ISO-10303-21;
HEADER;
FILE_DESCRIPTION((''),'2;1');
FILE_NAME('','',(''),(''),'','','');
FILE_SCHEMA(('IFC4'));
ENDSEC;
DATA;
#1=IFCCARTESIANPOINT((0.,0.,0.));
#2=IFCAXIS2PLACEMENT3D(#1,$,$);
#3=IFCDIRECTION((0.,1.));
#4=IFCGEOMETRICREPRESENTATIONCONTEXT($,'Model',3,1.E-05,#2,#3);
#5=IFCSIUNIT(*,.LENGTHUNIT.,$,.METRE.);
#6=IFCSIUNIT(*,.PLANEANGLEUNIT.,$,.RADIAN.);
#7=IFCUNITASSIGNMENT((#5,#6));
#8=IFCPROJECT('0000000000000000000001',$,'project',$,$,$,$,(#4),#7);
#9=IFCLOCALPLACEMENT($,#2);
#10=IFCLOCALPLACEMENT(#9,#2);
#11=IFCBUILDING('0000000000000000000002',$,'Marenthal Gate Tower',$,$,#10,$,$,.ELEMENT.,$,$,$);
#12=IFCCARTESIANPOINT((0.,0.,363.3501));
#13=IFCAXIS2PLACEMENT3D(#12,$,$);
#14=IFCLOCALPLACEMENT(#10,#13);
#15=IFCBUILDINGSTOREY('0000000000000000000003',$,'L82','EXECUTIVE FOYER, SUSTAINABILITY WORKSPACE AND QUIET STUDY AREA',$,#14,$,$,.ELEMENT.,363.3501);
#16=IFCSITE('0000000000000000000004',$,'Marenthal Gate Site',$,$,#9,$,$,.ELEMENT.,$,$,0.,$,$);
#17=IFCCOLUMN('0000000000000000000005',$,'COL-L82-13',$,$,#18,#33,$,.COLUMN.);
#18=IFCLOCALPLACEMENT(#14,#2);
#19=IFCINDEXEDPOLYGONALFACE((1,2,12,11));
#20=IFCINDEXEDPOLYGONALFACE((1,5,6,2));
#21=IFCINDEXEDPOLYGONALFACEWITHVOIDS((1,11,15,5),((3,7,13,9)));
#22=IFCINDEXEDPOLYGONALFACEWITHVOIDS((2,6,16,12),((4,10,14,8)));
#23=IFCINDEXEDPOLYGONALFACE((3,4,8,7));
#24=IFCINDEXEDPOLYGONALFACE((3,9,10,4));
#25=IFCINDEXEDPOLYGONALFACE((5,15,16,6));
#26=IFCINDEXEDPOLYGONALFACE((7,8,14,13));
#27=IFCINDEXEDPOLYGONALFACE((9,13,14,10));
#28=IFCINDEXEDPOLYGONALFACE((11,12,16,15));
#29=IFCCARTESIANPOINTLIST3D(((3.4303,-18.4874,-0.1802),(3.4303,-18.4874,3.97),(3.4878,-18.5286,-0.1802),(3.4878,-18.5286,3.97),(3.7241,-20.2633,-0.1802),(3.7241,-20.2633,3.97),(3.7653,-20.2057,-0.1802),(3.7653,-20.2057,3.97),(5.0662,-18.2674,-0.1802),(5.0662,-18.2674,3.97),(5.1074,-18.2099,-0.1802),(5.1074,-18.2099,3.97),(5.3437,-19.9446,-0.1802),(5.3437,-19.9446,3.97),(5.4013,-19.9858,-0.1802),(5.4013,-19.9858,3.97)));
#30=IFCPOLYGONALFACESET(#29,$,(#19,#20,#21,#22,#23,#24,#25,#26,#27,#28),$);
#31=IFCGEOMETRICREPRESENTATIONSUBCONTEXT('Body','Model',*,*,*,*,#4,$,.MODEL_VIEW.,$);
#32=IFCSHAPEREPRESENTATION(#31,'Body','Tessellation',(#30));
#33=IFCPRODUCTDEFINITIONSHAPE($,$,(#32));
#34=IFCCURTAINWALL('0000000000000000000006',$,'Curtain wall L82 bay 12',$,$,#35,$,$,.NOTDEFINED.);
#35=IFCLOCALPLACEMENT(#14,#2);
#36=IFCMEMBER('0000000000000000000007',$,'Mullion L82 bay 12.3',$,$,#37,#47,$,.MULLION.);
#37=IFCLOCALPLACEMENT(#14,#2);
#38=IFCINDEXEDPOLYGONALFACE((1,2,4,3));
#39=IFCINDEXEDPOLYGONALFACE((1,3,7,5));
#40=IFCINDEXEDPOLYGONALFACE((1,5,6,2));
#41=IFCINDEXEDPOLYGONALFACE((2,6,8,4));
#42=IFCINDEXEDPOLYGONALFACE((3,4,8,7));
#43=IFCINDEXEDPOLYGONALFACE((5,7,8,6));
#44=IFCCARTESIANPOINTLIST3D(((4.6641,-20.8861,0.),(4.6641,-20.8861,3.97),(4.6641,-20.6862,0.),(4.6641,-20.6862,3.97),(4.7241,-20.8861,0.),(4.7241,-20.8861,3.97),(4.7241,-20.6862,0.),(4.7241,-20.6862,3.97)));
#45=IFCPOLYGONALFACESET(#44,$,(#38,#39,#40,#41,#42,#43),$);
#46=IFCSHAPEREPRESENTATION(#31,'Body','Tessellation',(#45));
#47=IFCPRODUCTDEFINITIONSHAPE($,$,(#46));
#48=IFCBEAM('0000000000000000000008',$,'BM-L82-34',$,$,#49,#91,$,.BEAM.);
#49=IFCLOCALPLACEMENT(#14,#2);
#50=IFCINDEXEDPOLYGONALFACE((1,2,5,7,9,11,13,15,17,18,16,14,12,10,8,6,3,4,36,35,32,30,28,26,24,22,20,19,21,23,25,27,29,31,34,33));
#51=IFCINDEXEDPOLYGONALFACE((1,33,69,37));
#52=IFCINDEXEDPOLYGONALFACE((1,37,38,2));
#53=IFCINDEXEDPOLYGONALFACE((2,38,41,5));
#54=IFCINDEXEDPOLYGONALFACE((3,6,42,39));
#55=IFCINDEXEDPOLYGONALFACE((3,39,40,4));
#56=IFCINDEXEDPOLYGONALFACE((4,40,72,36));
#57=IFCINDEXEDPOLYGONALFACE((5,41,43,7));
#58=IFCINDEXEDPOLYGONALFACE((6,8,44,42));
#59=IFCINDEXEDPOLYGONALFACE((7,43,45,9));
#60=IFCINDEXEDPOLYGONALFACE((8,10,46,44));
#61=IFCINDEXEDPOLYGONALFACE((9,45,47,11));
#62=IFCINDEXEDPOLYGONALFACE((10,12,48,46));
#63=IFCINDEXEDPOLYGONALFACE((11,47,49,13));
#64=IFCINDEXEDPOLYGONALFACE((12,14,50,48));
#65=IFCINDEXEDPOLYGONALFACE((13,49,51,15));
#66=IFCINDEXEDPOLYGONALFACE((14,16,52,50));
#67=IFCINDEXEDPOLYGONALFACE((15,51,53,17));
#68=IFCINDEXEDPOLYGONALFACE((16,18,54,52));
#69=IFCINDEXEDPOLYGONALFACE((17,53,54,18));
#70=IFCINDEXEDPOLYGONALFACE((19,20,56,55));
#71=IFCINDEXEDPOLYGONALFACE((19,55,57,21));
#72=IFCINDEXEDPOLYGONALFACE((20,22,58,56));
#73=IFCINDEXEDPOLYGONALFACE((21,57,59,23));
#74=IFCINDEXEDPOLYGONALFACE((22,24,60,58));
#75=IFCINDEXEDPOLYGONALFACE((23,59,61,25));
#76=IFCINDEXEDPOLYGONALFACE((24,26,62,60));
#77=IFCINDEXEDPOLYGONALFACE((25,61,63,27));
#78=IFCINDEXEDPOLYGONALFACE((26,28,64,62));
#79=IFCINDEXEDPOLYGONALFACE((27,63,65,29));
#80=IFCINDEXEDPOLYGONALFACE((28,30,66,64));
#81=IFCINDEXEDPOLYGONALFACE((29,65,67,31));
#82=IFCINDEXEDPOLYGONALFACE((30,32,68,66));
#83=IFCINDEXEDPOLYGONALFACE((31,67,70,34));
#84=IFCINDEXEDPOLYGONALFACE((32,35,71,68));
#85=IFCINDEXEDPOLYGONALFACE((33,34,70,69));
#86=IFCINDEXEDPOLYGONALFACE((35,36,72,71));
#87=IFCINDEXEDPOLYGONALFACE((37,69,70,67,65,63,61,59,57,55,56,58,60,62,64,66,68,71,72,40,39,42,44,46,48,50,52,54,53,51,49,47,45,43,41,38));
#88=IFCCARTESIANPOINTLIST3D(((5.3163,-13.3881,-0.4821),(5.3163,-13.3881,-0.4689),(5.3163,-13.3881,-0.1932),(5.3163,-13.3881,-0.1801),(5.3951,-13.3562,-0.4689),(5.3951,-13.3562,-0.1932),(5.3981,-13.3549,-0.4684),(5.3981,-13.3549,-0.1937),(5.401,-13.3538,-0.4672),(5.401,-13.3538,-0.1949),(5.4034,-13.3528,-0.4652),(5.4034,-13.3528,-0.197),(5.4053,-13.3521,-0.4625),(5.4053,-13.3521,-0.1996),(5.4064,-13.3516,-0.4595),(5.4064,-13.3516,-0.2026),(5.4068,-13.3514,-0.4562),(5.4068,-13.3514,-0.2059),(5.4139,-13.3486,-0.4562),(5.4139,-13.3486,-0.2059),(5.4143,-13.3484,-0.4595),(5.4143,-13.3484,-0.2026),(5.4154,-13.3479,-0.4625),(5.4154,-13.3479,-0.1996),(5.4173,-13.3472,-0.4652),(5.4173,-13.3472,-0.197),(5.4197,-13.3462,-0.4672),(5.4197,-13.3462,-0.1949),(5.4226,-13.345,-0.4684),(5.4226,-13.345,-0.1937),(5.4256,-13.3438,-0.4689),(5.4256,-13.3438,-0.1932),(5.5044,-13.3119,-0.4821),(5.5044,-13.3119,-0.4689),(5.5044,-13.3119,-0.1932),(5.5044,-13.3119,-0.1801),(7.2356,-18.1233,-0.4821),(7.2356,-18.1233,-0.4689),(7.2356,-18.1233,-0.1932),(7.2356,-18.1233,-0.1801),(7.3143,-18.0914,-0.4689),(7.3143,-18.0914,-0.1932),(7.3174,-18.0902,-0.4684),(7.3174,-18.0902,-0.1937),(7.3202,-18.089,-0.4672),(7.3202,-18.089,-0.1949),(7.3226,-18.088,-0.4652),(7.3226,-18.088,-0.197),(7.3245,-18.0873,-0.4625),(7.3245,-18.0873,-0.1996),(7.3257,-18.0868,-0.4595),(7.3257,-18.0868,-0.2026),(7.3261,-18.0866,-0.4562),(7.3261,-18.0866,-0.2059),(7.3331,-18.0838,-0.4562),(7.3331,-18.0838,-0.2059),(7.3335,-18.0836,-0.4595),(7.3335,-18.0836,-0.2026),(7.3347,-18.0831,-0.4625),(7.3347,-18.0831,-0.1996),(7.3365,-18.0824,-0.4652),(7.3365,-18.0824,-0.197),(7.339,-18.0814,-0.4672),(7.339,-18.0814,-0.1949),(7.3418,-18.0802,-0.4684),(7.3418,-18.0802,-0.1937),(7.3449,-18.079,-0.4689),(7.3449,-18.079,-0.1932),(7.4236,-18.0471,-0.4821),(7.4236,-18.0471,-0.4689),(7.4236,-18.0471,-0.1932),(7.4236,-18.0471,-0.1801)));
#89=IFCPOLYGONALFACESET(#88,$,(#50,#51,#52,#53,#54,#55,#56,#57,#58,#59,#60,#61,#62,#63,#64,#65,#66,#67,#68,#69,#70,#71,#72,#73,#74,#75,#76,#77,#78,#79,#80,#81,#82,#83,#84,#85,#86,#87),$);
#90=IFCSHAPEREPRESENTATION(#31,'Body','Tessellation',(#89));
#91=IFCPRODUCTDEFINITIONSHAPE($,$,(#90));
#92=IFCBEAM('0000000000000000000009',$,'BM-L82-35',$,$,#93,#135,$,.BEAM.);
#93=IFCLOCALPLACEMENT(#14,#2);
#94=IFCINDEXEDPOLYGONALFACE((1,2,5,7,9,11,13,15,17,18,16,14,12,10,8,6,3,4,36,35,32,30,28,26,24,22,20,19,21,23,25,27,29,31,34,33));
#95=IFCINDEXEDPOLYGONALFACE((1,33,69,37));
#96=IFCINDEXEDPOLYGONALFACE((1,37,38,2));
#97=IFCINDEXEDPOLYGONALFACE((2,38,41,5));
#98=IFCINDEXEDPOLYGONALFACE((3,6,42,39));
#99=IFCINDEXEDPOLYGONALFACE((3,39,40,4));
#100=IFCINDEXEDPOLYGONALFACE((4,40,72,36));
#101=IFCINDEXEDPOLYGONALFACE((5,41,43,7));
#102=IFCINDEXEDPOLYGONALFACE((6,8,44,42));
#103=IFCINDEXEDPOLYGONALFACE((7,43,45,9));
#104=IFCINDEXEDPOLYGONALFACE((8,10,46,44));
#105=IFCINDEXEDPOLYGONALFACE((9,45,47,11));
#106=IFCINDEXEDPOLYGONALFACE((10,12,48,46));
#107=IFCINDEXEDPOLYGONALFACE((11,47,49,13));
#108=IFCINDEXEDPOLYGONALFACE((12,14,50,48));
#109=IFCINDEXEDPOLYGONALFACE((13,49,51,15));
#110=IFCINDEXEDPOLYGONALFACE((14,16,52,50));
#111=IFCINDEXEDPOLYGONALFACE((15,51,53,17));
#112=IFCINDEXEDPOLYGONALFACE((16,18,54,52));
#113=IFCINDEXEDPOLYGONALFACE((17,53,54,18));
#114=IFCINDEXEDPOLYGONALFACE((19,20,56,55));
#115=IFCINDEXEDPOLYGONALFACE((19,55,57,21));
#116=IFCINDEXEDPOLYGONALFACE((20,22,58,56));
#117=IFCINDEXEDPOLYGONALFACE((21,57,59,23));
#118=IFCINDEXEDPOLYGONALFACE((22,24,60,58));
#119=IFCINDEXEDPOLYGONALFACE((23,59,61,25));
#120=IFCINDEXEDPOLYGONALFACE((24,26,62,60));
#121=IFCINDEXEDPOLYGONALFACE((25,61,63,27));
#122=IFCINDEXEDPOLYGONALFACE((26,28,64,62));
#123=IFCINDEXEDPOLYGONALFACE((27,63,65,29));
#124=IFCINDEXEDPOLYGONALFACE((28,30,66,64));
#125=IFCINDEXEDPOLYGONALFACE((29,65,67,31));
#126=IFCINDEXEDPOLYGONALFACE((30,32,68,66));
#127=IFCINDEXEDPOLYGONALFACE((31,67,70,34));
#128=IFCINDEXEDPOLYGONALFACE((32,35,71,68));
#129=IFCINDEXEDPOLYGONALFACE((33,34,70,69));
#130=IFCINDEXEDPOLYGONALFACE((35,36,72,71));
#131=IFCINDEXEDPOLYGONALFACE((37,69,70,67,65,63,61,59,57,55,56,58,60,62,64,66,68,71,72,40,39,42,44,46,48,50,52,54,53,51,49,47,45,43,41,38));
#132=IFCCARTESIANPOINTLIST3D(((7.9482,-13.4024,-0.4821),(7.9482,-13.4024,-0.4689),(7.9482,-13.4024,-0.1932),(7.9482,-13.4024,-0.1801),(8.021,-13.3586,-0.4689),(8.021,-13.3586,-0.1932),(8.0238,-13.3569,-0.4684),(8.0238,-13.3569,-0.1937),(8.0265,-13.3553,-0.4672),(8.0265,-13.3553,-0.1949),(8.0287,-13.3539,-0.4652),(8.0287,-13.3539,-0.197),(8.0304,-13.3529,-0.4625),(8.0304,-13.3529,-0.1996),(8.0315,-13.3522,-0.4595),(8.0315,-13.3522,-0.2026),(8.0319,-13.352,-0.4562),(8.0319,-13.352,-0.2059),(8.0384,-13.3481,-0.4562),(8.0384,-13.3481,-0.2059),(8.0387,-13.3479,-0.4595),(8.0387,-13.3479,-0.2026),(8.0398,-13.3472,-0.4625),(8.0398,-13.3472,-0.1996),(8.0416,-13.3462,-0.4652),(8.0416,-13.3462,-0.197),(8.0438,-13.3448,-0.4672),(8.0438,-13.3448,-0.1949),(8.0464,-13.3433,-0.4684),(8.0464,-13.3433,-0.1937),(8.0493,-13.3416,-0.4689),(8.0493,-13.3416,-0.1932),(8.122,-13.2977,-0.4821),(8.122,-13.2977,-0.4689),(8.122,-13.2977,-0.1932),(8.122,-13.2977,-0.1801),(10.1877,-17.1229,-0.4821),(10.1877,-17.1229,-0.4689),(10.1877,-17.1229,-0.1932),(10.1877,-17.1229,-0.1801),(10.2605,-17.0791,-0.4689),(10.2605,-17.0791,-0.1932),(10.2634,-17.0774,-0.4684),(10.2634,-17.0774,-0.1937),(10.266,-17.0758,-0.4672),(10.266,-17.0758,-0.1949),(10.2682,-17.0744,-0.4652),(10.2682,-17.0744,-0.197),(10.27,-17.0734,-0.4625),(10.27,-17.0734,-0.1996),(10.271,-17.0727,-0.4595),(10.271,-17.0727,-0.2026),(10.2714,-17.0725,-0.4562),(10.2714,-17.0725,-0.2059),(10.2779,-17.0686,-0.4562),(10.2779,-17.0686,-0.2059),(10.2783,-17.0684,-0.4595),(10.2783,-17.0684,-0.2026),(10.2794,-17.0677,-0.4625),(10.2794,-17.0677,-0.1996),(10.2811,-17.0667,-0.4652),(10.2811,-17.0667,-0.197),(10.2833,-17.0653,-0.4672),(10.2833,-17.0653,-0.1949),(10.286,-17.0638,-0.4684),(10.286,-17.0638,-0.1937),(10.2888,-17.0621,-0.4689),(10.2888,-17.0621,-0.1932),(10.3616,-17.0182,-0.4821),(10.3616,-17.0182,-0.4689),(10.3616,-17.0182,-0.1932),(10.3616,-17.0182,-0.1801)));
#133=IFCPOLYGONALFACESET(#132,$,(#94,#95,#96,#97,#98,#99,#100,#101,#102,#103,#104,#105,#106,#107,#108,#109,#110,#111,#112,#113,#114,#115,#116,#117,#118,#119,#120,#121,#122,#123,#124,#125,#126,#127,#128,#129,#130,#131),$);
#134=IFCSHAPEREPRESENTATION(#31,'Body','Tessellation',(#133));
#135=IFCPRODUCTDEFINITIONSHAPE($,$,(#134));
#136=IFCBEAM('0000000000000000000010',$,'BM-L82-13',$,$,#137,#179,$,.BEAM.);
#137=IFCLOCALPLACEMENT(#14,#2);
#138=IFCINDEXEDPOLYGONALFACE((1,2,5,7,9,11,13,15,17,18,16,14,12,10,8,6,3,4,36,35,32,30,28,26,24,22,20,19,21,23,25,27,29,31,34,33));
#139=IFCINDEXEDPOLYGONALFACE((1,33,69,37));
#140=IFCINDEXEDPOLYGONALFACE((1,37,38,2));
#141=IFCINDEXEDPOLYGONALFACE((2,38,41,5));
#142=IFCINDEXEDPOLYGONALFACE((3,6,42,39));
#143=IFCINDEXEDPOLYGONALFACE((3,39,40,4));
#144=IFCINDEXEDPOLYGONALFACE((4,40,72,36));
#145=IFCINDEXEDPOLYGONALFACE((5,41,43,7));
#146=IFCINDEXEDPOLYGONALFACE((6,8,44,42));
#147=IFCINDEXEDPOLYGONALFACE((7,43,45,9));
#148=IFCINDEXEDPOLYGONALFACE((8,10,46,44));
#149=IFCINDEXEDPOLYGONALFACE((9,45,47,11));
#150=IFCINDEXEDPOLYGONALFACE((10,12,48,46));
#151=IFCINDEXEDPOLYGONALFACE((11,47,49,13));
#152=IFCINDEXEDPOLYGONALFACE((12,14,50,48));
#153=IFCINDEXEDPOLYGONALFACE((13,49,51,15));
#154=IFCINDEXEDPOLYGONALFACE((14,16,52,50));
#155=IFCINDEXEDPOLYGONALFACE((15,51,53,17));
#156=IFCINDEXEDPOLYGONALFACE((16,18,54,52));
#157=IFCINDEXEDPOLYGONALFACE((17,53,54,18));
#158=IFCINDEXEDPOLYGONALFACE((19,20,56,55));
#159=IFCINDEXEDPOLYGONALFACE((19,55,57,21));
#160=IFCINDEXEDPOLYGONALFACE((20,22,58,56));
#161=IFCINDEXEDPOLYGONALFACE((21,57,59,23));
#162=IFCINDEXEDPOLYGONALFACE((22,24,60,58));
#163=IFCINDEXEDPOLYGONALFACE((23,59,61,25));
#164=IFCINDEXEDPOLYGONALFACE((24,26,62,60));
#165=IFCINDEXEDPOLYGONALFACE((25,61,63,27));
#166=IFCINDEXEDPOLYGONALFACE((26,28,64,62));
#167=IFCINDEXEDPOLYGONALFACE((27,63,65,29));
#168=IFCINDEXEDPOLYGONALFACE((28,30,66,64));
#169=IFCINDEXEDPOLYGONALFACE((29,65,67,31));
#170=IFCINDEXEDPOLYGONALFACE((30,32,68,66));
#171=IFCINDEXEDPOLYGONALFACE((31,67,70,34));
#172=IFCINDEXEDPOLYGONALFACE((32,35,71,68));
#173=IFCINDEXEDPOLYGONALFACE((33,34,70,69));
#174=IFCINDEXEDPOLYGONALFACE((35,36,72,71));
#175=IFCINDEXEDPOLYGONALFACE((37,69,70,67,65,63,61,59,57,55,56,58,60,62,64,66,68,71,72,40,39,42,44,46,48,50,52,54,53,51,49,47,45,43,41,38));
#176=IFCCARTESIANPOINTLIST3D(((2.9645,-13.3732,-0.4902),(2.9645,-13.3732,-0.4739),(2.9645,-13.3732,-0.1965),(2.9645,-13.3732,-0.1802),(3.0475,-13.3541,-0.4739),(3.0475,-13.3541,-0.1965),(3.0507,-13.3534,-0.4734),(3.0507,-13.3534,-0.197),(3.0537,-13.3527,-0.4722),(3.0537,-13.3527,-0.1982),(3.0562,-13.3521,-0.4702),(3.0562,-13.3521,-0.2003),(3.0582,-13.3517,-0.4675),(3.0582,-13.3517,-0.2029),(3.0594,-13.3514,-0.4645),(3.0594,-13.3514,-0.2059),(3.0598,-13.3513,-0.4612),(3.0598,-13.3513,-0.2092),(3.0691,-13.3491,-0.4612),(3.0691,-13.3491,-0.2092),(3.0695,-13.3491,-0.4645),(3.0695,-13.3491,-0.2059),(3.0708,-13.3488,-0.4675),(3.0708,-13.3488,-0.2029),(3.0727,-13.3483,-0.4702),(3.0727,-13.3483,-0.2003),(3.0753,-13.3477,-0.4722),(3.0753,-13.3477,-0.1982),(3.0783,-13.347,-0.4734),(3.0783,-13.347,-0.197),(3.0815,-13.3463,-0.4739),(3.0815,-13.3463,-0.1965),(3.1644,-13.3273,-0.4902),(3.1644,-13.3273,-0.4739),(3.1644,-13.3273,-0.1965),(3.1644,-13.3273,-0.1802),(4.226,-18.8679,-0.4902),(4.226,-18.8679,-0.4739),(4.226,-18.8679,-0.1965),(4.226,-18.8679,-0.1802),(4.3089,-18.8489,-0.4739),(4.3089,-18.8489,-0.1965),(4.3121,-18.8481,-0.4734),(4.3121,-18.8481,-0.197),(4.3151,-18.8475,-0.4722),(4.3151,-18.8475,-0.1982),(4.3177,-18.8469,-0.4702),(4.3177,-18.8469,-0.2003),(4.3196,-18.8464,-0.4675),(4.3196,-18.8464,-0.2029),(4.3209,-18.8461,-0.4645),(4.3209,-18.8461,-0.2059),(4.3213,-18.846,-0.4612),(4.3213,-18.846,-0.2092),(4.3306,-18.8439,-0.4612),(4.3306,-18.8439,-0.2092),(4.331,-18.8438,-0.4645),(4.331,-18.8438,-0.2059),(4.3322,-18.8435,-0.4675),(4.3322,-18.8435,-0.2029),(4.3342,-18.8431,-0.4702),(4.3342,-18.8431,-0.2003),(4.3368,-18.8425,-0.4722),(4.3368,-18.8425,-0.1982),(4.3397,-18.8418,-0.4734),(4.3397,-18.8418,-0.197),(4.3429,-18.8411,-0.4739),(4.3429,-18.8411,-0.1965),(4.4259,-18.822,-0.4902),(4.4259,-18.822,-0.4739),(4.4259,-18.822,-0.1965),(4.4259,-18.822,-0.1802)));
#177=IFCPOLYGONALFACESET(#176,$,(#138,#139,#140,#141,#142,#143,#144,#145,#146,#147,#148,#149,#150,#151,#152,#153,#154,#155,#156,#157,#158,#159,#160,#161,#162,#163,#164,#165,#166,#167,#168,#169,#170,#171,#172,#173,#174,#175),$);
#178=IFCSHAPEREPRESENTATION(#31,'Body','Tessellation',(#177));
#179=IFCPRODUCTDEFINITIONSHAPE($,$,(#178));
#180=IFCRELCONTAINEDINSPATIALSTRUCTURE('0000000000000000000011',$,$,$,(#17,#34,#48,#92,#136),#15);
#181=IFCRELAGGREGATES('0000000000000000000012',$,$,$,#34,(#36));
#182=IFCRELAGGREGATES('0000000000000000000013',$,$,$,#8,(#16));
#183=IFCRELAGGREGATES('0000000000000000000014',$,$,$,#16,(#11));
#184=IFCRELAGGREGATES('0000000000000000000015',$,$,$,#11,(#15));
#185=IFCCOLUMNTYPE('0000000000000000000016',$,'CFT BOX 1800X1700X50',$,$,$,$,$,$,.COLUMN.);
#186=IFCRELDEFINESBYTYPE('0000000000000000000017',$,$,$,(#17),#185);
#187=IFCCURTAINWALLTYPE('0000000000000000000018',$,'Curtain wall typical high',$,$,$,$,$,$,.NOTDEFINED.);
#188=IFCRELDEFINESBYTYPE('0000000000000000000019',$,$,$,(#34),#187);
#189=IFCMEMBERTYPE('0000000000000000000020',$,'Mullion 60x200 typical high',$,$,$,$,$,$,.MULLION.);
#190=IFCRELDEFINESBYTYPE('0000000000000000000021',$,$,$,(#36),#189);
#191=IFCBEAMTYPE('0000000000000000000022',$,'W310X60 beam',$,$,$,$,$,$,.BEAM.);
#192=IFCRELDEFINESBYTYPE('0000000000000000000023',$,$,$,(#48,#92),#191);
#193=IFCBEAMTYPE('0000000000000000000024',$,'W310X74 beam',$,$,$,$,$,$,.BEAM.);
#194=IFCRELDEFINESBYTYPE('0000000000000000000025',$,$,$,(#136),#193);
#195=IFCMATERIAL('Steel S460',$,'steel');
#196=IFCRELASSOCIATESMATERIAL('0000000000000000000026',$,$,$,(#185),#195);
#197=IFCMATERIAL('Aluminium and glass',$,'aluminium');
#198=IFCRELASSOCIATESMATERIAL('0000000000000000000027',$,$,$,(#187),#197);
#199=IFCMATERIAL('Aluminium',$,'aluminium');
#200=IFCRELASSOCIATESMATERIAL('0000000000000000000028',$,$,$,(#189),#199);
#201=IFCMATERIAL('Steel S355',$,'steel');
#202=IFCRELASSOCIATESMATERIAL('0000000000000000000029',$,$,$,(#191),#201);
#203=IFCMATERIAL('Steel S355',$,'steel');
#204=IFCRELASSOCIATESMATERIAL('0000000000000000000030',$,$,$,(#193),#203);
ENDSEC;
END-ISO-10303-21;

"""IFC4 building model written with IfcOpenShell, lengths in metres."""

from ifc_helpers import new_model, si_unit, direction, frame, origin, origin_2d, place, context, subcontext, project, spatial, rectangle, hollow_rectangle, i_section, extrude, material, material_profile, profile_set, type_object, element, aggregate, save


model = new_model("IFC4")

# Units and contexts
model_context = context("Model", 3, precision=1e-05, world=origin(), true_north=direction((0.0, 1.0)))
body_context = subcontext(model_context, "Body", "Model", "MODEL_VIEW")
ifc_project = project(units=[si_unit("LENGTHUNIT", "METRE"), si_unit("PLANEANGLEUNIT", "RADIAN")], contexts=[model_context])

# Site, building, storey
site_placement = place(None, origin())
site = spatial("IfcSite", under=ifc_project, at=site_placement, Name="Marenthal Gate Site", CompositionType="ELEMENT", RefElevation=0.0)
building_placement = place(site_placement, origin())
building = spatial("IfcBuilding", under=site, at=building_placement, Name="Marenthal Gate Tower", CompositionType="ELEMENT")
storey_placement = place(building_placement, frame((0.0, 0.0, 363.3501)))
storey = spatial("IfcBuildingStorey", under=building, at=storey_placement, Name="L82", Description="EXECUTIVE FOYER, SUSTAINABILITY WORKSPACE AND QUIET STUDY AREA", CompositionType="ELEMENT", Elevation=363.3501)

# Column
ifc_material_1 = material(Name="Steel S460", Category="steel")
ifc_material_profile_1 = material_profile(ifc_material_1, hollow_rectangle(XDim=1.7, YDim=1.8, WallThickness=0.05, at=origin_2d()), Name="CFT BOX 1800X1700X50")
ifc_material_2 = material(Name="Concrete 70 MPa", Category="concrete")
ifc_material_profile_2 = material_profile(ifc_material_2, rectangle(XDim=1.6001, YDim=1.7, at=origin_2d()), Name="CFT BOX 1800X1700X50 INFILL")
ifc_profile_set_1 = profile_set([ifc_material_profile_1, ifc_material_profile_2], Name="Steel S460 shell, Concrete 70 MPa infill")
column_type = type_object("IfcColumnType", Name="CFT BOX 1800X1700X50", PredefinedType="COLUMN", material=ifc_profile_set_1)
column_placement = place(storey_placement, frame((4.4158, -19.2366, -0.1802), z_axis=(0.0, 0.0, 1.0), x_axis=(-0.98659, -0.163221, 0.0)))
element("IfcColumn", 1, at=column_placement, inside=storey, type_object=column_type, Name="COL-L82-13", PredefinedType="COLUMN", context=body_context, shape_type="SweptSolid", body=[
    extrude(hollow_rectangle(XDim=1.7, YDim=1.8, WallThickness=0.05, at=origin_2d()), origin(), (0.0, 0.0, 1.0), 4.1501),
])

# Curtain wall, member
ifc_material_3 = material(Name="Aluminium and glass", Category="aluminium")
curtain_wall_type = type_object("IfcCurtainWallType", Name="Curtain wall typical high", PredefinedType="NOTDEFINED", material=ifc_material_3)
curtain_wall_placement = place(storey_placement, origin())
curtain_wall = element("IfcCurtainWall", 2, at=curtain_wall_placement, inside=storey, type_object=curtain_wall_type, Name="Curtain wall L82 bay 12", PredefinedType="NOTDEFINED")
ifc_material_4 = material(Name="Aluminium", Category="aluminium")
ifc_material_profile_3 = material_profile(ifc_material_4, rectangle(XDim=0.2, YDim=0.0601, at=origin_2d()), Name="60x200 aluminium mullion")
ifc_profile_set_2 = profile_set([ifc_material_profile_3], Name="Aluminium")
member_type = type_object("IfcMemberType", Name="Mullion 60x200 typical high", PredefinedType="MULLION", material=ifc_profile_set_2)
member_placement = place(storey_placement, frame((4.6941, -20.7861, 0.0), z_axis=(0.0, 0.0, 1.0), x_axis=(0.0, 1.0, 0.0)))
member = element("IfcMember", 3, at=member_placement, type_object=member_type, Name="Mullion L82 bay 12.3", PredefinedType="MULLION", context=body_context, shape_type="SweptSolid", body=[
    extrude(rectangle(XDim=0.2, YDim=0.0601, at=origin_2d()), origin(), (0.0, 0.0, 1.0), 3.97),
])

# Beams
ifc_material_5 = material(Name="Steel S355", Category="steel")
ifc_material_profile_4 = material_profile(ifc_material_5, i_section(OverallWidth=0.2029, OverallDepth=0.302, WebThickness=0.0076, FlangeThickness=0.0132, FilletRadius=0.0127, at=origin_2d()), Name="W310X60")
ifc_profile_set_3 = profile_set([ifc_material_profile_4], Name="Steel S355")
beam_type_1 = type_object("IfcBeamType", Name="W310X60 beam", PredefinedType="BEAM", material=ifc_profile_set_3)
beam_1_placement = place(storey_placement, frame((7.3296, -18.0852, -0.3311), z_axis=(-0.37563, 0.92677, 0.0), x_axis=(-0.92677, -0.37563, 0.0)))
element("IfcBeam", 4, at=beam_1_placement, inside=storey, type_object=beam_type_1, Name="BM-L82-34", PredefinedType="BEAM", context=body_context, shape_type="SweptSolid", body=[
    extrude(i_section(OverallWidth=0.2029, OverallDepth=0.302, WebThickness=0.0076, FlangeThickness=0.0132, FilletRadius=0.0127, at=origin_2d()), origin(), (0.0, 0.0, 1.0), 5.1094),
])
beam_2_placement = place(storey_placement, frame((10.2747, -17.0706, -0.3311), z_axis=(-0.515719, 0.856758, 0.0), x_axis=(-0.856758, -0.515719, 0.0)))
element("IfcBeam", 5, at=beam_2_placement, inside=storey, type_object=beam_type_1, Name="BM-L82-35", PredefinedType="BEAM", context=body_context, shape_type="SweptSolid", body=[
    extrude(i_section(OverallWidth=0.2029, OverallDepth=0.302, WebThickness=0.0076, FlangeThickness=0.0132, FilletRadius=0.0127, at=origin_2d()), origin(), (0.0, 0.0, 1.0), 4.3425),
])
ifc_material_6 = material(Name="Steel S355", Category="steel")
ifc_material_profile_5 = material_profile(ifc_material_6, i_section(OverallWidth=0.2051, OverallDepth=0.3101, WebThickness=0.0095, FlangeThickness=0.0164, FilletRadius=0.0127, at=origin_2d()), Name="W310X74")
ifc_profile_set_4 = profile_set([ifc_material_profile_5], Name="Steel S355")
beam_type_2 = type_object("IfcBeamType", Name="W310X74 beam", PredefinedType="BEAM", material=ifc_profile_set_4)
beam_3_placement = place(storey_placement, frame((4.3259, -18.845, -0.3352), z_axis=(-0.223752, 0.974646, 0.0), x_axis=(-0.974646, -0.223752, 0.0)))
element("IfcBeam", 6, at=beam_3_placement, inside=storey, type_object=beam_type_2, Name="BM-L82-13", PredefinedType="BEAM", context=body_context, shape_type="SweptSolid", body=[
    extrude(i_section(OverallWidth=0.2051, OverallDepth=0.3101, WebThickness=0.0095, FlangeThickness=0.0164, FilletRadius=0.0127, at=origin_2d()), origin(), (0.0, 0.0, 1.0), 5.6377),
])

aggregate(curtain_wall, [member])

save(model, "model.ifc")
